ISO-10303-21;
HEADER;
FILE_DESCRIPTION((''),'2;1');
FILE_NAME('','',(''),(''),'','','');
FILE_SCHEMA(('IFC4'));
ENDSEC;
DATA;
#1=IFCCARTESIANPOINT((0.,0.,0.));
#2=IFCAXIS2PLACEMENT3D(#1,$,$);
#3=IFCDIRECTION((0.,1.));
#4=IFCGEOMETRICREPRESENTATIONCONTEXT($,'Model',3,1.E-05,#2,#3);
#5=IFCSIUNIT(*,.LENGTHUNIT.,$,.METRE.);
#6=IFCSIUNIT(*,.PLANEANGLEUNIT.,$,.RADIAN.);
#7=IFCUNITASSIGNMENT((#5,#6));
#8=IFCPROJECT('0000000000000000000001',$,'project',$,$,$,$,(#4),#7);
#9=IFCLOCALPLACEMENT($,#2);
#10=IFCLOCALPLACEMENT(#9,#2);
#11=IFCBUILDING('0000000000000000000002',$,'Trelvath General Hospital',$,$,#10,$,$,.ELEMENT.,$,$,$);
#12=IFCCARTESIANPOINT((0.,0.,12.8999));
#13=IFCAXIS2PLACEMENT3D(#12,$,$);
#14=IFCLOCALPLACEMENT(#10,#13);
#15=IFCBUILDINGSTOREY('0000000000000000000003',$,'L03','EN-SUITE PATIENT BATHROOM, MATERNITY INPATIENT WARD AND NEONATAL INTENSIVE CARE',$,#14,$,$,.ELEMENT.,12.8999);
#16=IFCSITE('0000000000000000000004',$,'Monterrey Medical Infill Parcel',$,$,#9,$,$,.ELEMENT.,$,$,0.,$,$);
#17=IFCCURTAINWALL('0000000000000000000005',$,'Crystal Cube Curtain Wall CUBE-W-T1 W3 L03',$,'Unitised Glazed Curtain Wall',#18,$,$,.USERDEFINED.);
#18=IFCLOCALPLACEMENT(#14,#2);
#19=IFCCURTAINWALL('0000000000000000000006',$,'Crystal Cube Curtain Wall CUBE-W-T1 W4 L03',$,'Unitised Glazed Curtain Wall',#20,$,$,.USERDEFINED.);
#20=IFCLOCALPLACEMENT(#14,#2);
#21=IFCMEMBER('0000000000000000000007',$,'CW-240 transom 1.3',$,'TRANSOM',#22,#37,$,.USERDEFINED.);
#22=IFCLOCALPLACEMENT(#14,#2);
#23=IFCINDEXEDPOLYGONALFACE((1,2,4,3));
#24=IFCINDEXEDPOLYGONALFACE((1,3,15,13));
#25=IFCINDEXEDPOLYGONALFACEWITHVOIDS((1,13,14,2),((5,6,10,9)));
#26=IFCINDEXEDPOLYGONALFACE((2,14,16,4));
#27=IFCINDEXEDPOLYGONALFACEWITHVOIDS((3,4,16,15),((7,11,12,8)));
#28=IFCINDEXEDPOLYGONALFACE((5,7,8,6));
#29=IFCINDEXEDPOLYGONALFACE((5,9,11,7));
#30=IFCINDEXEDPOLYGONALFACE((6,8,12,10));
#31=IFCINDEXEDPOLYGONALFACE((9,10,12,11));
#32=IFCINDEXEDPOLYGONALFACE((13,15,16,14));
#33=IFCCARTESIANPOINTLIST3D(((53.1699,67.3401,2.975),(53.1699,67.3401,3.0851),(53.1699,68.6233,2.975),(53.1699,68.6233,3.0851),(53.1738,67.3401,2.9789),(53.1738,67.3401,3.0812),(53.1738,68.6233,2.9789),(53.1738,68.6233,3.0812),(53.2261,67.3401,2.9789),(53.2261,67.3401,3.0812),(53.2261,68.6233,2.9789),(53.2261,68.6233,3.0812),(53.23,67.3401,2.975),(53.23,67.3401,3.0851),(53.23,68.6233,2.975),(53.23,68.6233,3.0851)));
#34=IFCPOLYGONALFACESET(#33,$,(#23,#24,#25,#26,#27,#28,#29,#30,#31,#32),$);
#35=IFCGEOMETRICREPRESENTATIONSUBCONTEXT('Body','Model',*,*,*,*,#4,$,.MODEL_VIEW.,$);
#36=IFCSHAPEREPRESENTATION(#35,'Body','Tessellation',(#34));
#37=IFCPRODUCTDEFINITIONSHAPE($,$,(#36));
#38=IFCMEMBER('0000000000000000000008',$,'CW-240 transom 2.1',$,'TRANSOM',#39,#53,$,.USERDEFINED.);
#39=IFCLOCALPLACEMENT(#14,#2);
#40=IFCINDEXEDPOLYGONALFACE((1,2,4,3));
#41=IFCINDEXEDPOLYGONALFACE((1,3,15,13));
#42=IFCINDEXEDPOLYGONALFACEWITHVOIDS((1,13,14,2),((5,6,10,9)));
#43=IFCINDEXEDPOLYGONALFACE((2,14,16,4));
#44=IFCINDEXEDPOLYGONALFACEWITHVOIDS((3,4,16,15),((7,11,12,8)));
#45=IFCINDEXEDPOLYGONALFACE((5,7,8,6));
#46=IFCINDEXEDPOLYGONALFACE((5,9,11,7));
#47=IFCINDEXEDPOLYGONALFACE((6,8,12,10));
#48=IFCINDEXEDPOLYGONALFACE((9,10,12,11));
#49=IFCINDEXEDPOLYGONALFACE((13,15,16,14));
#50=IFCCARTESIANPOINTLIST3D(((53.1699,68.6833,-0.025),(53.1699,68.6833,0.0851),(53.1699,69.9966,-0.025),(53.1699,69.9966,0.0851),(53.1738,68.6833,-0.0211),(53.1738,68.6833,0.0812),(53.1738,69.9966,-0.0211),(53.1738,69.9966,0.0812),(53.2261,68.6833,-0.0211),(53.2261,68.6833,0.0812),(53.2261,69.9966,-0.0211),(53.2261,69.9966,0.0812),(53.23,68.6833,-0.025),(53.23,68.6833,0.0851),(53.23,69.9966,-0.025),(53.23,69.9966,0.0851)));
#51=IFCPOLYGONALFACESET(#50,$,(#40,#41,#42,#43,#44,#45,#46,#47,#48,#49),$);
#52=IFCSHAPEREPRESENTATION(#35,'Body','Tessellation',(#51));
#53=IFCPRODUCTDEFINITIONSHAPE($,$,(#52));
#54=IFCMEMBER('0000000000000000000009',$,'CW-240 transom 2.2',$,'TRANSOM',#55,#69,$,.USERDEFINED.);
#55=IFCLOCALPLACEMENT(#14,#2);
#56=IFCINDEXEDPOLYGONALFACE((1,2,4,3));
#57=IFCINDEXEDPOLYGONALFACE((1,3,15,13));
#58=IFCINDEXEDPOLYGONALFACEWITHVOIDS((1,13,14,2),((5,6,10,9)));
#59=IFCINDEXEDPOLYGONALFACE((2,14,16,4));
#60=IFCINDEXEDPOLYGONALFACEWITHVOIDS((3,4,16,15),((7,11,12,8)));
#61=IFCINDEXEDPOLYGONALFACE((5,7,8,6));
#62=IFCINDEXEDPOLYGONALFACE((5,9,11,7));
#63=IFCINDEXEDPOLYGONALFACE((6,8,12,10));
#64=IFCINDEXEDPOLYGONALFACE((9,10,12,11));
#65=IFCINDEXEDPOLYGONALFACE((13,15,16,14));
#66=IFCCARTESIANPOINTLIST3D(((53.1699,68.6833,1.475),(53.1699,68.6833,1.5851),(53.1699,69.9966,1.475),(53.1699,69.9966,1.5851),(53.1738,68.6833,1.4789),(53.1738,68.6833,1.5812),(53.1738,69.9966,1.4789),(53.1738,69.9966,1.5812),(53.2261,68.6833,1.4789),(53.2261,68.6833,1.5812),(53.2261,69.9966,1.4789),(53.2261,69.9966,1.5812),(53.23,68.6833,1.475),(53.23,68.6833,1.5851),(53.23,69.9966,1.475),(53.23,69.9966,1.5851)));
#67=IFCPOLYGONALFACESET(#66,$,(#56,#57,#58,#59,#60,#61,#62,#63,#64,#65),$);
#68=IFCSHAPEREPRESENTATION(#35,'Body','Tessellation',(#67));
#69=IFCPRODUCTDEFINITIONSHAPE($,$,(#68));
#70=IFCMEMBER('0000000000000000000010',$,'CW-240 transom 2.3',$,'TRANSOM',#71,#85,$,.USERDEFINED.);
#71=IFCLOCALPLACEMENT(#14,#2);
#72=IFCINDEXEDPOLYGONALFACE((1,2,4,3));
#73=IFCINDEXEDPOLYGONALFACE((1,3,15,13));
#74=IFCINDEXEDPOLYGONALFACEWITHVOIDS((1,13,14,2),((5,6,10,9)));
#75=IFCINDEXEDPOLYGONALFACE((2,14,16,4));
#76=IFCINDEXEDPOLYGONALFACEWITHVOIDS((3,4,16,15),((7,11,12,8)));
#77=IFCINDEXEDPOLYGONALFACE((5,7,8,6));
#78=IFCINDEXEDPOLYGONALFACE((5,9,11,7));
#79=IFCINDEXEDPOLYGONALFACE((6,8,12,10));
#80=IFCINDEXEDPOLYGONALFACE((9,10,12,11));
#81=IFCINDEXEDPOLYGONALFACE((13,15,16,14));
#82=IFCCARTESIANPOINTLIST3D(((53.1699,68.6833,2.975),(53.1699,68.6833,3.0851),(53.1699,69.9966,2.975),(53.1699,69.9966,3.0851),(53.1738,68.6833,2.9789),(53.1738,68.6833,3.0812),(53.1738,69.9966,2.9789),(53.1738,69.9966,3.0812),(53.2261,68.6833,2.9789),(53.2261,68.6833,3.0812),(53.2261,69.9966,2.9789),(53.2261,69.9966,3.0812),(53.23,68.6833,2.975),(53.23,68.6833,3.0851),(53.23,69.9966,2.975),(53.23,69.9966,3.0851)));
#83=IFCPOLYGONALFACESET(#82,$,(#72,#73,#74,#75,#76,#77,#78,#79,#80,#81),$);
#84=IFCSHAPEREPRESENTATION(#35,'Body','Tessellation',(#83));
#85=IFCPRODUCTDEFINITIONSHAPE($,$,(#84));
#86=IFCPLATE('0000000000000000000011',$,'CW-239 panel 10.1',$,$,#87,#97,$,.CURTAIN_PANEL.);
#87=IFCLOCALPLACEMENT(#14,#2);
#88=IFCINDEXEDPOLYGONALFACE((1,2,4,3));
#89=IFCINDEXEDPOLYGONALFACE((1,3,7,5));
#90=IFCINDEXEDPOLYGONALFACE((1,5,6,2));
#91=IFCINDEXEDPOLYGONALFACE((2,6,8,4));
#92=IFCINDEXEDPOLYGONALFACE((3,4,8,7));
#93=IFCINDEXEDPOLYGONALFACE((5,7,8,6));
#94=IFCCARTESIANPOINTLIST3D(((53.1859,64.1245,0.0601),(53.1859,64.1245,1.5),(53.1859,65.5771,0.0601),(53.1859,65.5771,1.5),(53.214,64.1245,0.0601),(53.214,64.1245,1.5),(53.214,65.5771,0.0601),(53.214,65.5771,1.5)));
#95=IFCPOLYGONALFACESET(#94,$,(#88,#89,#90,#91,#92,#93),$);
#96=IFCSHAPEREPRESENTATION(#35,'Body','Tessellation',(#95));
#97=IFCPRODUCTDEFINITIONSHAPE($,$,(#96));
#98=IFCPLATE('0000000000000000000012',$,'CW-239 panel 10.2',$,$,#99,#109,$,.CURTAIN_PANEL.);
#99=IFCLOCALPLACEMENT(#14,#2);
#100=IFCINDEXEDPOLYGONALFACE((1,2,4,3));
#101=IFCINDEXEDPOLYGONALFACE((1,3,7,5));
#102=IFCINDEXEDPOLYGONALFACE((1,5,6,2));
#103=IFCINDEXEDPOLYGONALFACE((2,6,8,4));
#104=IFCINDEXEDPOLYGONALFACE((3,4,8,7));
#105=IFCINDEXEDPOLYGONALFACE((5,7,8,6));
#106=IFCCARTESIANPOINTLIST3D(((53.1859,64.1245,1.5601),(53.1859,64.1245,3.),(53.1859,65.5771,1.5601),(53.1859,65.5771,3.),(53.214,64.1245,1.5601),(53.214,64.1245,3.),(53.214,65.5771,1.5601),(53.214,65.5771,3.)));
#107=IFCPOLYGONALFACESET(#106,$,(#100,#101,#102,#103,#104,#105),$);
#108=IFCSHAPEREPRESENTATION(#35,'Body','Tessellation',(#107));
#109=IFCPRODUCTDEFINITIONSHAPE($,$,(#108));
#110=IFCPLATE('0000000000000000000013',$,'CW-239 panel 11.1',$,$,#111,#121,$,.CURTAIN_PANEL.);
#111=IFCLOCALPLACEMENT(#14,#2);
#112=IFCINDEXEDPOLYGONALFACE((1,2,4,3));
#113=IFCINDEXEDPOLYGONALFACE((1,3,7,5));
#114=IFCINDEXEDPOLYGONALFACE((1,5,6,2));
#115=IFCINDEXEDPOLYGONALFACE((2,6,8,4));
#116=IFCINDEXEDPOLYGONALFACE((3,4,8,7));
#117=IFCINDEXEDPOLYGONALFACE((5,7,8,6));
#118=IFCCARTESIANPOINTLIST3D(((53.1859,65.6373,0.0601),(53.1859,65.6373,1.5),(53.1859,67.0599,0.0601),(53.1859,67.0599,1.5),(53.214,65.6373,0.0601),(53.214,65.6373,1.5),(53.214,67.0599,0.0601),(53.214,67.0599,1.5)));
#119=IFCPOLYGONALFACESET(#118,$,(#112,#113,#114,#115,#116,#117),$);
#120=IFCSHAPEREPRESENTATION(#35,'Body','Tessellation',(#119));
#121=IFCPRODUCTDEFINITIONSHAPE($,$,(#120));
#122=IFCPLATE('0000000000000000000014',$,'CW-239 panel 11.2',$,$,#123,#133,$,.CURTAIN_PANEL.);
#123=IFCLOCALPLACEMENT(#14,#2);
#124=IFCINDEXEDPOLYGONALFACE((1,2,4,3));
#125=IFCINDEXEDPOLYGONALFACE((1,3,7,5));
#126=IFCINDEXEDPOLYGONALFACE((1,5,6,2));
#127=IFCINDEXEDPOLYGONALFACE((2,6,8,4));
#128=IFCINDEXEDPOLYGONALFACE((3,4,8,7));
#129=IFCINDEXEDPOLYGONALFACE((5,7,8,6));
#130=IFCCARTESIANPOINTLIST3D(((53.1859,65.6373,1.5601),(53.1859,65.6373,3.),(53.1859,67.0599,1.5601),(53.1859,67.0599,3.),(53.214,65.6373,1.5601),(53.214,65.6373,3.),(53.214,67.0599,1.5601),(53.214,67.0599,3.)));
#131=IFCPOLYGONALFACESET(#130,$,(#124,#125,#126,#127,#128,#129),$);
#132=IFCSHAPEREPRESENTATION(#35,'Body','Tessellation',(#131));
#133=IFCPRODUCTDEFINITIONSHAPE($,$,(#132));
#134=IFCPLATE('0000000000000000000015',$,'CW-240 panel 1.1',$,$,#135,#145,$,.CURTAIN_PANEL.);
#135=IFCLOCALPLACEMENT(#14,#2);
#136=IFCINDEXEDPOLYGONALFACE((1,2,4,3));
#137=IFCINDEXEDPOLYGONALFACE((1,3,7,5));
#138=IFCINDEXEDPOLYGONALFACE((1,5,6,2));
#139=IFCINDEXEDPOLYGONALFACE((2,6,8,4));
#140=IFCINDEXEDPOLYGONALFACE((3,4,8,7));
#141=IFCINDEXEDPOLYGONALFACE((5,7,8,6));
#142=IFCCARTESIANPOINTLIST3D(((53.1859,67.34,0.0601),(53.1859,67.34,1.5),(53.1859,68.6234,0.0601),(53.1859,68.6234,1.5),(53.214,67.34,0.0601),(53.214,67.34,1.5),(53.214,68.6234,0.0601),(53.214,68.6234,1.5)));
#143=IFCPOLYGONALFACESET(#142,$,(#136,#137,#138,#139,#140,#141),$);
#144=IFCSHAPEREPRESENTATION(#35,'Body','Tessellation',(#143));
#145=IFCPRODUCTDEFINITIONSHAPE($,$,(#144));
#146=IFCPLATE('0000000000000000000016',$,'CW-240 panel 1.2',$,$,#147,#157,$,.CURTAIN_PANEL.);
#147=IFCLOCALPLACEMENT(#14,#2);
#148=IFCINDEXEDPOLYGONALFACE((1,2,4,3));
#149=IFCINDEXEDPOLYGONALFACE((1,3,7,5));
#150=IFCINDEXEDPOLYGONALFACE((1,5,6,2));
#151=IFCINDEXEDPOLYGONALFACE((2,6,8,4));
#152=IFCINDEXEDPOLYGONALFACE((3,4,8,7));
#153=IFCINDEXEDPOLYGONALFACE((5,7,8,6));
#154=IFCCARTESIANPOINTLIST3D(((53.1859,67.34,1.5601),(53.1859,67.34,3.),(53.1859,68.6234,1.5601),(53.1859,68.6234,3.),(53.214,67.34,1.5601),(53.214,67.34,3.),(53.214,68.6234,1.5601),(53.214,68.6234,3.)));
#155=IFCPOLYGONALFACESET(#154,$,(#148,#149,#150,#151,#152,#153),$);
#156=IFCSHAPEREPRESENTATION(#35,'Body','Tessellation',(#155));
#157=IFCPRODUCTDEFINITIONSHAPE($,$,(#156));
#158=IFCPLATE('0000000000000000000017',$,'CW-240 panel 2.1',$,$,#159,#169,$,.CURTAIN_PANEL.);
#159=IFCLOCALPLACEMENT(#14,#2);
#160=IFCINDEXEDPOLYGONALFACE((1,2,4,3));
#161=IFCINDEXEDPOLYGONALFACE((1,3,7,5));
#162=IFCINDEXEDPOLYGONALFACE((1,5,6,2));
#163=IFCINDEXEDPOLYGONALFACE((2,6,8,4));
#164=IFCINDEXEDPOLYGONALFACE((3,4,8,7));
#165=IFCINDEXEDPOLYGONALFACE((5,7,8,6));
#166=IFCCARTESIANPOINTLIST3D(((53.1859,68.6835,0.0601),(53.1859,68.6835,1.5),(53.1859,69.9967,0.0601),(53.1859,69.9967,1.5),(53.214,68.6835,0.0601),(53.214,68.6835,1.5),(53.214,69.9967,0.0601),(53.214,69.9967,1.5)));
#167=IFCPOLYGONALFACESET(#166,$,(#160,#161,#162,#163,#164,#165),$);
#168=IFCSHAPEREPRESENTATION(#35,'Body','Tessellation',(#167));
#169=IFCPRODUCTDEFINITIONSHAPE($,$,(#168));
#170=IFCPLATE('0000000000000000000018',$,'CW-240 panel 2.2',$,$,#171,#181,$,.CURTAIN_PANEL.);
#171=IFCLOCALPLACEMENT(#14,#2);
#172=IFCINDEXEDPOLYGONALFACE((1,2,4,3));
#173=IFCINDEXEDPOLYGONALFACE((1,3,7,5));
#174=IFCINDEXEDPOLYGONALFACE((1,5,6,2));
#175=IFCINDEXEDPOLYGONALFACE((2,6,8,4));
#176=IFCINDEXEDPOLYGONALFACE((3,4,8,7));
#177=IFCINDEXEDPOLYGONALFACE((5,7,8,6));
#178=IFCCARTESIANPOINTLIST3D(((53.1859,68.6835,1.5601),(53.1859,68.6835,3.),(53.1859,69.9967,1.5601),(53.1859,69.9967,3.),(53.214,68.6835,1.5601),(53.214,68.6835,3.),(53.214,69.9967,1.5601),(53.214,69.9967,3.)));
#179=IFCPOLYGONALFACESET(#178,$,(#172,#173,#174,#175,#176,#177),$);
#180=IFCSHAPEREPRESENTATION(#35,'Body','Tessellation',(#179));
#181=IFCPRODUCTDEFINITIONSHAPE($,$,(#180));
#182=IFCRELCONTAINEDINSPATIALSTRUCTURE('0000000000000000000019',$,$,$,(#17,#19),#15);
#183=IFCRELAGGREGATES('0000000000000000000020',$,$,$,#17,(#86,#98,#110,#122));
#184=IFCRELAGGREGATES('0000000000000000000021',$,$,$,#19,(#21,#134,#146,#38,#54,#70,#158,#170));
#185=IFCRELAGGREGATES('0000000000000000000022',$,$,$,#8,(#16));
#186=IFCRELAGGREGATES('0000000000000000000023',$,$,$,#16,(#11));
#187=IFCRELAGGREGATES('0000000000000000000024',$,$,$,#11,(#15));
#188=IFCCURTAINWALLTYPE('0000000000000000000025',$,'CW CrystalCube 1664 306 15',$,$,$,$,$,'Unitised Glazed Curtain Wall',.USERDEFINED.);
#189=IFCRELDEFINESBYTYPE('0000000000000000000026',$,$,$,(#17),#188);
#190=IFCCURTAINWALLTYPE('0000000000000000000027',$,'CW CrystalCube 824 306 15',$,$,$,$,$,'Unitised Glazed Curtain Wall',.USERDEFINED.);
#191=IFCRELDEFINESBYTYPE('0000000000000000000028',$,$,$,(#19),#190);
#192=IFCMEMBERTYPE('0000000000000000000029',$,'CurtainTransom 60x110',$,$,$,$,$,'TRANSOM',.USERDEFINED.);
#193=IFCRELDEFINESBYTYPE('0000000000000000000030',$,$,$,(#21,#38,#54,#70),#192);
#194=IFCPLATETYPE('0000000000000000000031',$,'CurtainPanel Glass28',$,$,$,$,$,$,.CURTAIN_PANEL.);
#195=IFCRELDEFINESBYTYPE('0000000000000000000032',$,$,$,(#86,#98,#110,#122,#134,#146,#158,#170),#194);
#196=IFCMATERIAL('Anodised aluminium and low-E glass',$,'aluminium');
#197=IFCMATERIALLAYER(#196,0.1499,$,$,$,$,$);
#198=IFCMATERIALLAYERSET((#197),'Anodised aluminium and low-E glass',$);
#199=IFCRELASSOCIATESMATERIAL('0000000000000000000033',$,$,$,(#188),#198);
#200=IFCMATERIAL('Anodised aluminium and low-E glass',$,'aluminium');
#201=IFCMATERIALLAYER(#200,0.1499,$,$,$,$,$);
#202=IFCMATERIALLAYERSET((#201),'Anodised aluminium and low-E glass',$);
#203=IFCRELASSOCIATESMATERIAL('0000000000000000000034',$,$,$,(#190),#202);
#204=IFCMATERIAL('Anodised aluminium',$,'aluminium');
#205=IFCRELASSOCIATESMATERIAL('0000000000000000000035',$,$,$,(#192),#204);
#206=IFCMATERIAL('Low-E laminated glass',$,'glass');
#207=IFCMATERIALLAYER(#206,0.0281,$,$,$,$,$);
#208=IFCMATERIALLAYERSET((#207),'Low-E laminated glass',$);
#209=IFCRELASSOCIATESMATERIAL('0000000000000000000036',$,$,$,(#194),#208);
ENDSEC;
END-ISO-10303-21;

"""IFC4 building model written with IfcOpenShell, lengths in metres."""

from ifc_helpers import new_model, si_unit, direction, frame, origin, origin_2d, place, context, subcontext, project, spatial, rectangle, hollow_rectangle, extrude, material, layer, layer_set, material_profile, profile_set, type_object, element, aggregate, save


model = new_model("IFC4")

# Units and contexts
model_context = context("Model", 3, precision=1e-05, world=origin(), true_north=direction((0.0, 1.0)))
body_context = subcontext(model_context, "Body", "Model", "MODEL_VIEW")
ifc_project = project(units=[si_unit("LENGTHUNIT", "METRE"), si_unit("PLANEANGLEUNIT", "RADIAN")], contexts=[model_context])

# Site, building, storey
site_placement = place(None, origin())
site = spatial("IfcSite", under=ifc_project, at=site_placement, Name="Monterrey Medical Infill Parcel", CompositionType="ELEMENT", RefElevation=0.0)
building_placement = place(site_placement, origin())
building = spatial("IfcBuilding", under=site, at=building_placement, Name="Trelvath General Hospital", CompositionType="ELEMENT")
storey_placement = place(building_placement, frame((0.0, 0.0, 12.8999)))
storey = spatial("IfcBuildingStorey", under=building, at=storey_placement, Name="L03", Description="EN-SUITE PATIENT BATHROOM, MATERNITY INPATIENT WARD AND NEONATAL INTENSIVE CARE", CompositionType="ELEMENT", Elevation=12.8999)

# Curtain walls
ifc_material_1 = material(Name="Anodised aluminium and low-E glass", Category="aluminium")
ifc_layer_1 = layer(ifc_material_1, 0.1499)
ifc_layer_set_1 = layer_set([ifc_layer_1], Name="Anodised aluminium and low-E glass")
curtain_wall_type_1 = type_object("IfcCurtainWallType", Name="CW CrystalCube 1664 306 15", ElementType="Unitised Glazed Curtain Wall", PredefinedType="USERDEFINED", material=ifc_layer_set_1)
curtain_wall_1_placement = place(storey_placement, origin())
curtain_wall_1 = element("IfcCurtainWall", 1, at=curtain_wall_1_placement, inside=storey, type_object=curtain_wall_type_1, Name="Crystal Cube Curtain Wall CUBE-W-T1 W3 L03", ObjectType="Unitised Glazed Curtain Wall", PredefinedType="USERDEFINED")
ifc_material_2 = material(Name="Anodised aluminium and low-E glass", Category="aluminium")
ifc_layer_2 = layer(ifc_material_2, 0.1499)
ifc_layer_set_2 = layer_set([ifc_layer_2], Name="Anodised aluminium and low-E glass")
curtain_wall_type_2 = type_object("IfcCurtainWallType", Name="CW CrystalCube 824 306 15", ElementType="Unitised Glazed Curtain Wall", PredefinedType="USERDEFINED", material=ifc_layer_set_2)
curtain_wall_2_placement = place(storey_placement, origin())
curtain_wall_2 = element("IfcCurtainWall", 2, at=curtain_wall_2_placement, inside=storey, type_object=curtain_wall_type_2, Name="Crystal Cube Curtain Wall CUBE-W-T1 W4 L03", ObjectType="Unitised Glazed Curtain Wall", PredefinedType="USERDEFINED")

# Members
ifc_material_3 = material(Name="Anodised aluminium", Category="aluminium")
ifc_material_profile_1 = material_profile(ifc_material_3, hollow_rectangle(XDim=0.0601, YDim=0.1101, WallThickness=0.0039, at=origin_2d()), Name="RHS60x110x4")
ifc_profile_set_1 = profile_set([ifc_material_profile_1], Name="Anodised aluminium")
member_type_1 = type_object("IfcMemberType", Name="CurtainTransom 60x110", ElementType="TRANSOM", PredefinedType="USERDEFINED", material=ifc_profile_set_1)
member_1_placement = place(storey_placement, frame((53.2, 67.3401, 3.03), z_axis=(0.0, 1.0, 0.0), x_axis=(-1.0, 0.0, 0.0)))
member_1 = element("IfcMember", 3, at=member_1_placement, type_object=member_type_1, Name="CW-240 transom 1.3", ObjectType="TRANSOM", PredefinedType="USERDEFINED", context=body_context, shape_type="SweptSolid", body=[
    extrude(hollow_rectangle(XDim=0.0601, YDim=0.1101, WallThickness=0.0039, at=origin_2d()), origin(), (0.0, 0.0, 1.0), 1.2832),
])
member_2_placement = place(storey_placement, frame((53.2, 68.6833, 0.03), z_axis=(0.0, 1.0, 0.0), x_axis=(-1.0, 0.0, 0.0)))
member_2 = element("IfcMember", 4, at=member_2_placement, type_object=member_type_1, Name="CW-240 transom 2.1", ObjectType="TRANSOM", PredefinedType="USERDEFINED", context=body_context, shape_type="SweptSolid", body=[
    extrude(hollow_rectangle(XDim=0.0601, YDim=0.1101, WallThickness=0.0039, at=origin_2d()), origin(), (0.0, 0.0, 1.0), 1.3132),
])
member_3_placement = place(storey_placement, frame((53.2, 68.6833, 1.53), z_axis=(0.0, 1.0, 0.0), x_axis=(-1.0, 0.0, 0.0)))
member_3 = element("IfcMember", 5, at=member_3_placement, type_object=member_type_1, Name="CW-240 transom 2.2", ObjectType="TRANSOM", PredefinedType="USERDEFINED", context=body_context, shape_type="SweptSolid", body=[
    extrude(hollow_rectangle(XDim=0.0601, YDim=0.1101, WallThickness=0.0039, at=origin_2d()), origin(), (0.0, 0.0, 1.0), 1.3132),
])
member_4_placement = place(storey_placement, frame((53.2, 68.6833, 3.03), z_axis=(0.0, 1.0, 0.0), x_axis=(-1.0, 0.0, 0.0)))
member_4 = element("IfcMember", 6, at=member_4_placement, type_object=member_type_1, Name="CW-240 transom 2.3", ObjectType="TRANSOM", PredefinedType="USERDEFINED", context=body_context, shape_type="SweptSolid", body=[
    extrude(hollow_rectangle(XDim=0.0601, YDim=0.1101, WallThickness=0.0039, at=origin_2d()), origin(), (0.0, 0.0, 1.0), 1.3132),
])

# Plates
ifc_material_4 = material(Name="Low-E laminated glass", Category="glass")
ifc_layer_3 = layer(ifc_material_4, 0.0281)
ifc_layer_set_3 = layer_set([ifc_layer_3], Name="Low-E laminated glass")
plate_type = type_object("IfcPlateType", Name="CurtainPanel Glass28", PredefinedType="CURTAIN_PANEL", material=ifc_layer_set_3)
plate_1_placement = place(storey_placement, frame((53.2, 64.8508, 0.0601), z_axis=(0.0, 0.0, 1.0), x_axis=(0.0, 1.0, 0.0)))
plate_1 = element("IfcPlate", 7, at=plate_1_placement, type_object=plate_type, Name="CW-239 panel 10.1", PredefinedType="CURTAIN_PANEL", context=body_context, shape_type="SweptSolid", body=[
    extrude(rectangle(XDim=1.4526, YDim=0.0281, at=origin_2d()), origin(), (0.0, 0.0, 1.0), 1.4399),
])
plate_2_placement = place(storey_placement, frame((53.2, 64.8508, 1.5601), z_axis=(0.0, 0.0, 1.0), x_axis=(0.0, 1.0, 0.0)))
plate_2 = element("IfcPlate", 8, at=plate_2_placement, type_object=plate_type, Name="CW-239 panel 10.2", PredefinedType="CURTAIN_PANEL", context=body_context, shape_type="SweptSolid", body=[
    extrude(rectangle(XDim=1.4526, YDim=0.0281, at=origin_2d()), origin(), (0.0, 0.0, 1.0), 1.4399),
])
plate_3_placement = place(storey_placement, frame((53.2, 66.3486, 0.0601), z_axis=(0.0, 0.0, 1.0), x_axis=(0.0, 1.0, 0.0)))
plate_3 = element("IfcPlate", 9, at=plate_3_placement, type_object=plate_type, Name="CW-239 panel 11.1", PredefinedType="CURTAIN_PANEL", context=body_context, shape_type="SweptSolid", body=[
    extrude(rectangle(XDim=1.4226, YDim=0.0281, at=origin_2d()), origin(), (0.0, 0.0, 1.0), 1.4399),
])
plate_4_placement = place(storey_placement, frame((53.2, 66.3486, 1.5601), z_axis=(0.0, 0.0, 1.0), x_axis=(0.0, 1.0, 0.0)))
plate_4 = element("IfcPlate", 10, at=plate_4_placement, type_object=plate_type, Name="CW-239 panel 11.2", PredefinedType="CURTAIN_PANEL", context=body_context, shape_type="SweptSolid", body=[
    extrude(rectangle(XDim=1.4226, YDim=0.0281, at=origin_2d()), origin(), (0.0, 0.0, 1.0), 1.4399),
])
aggregate(curtain_wall_1, [plate_1, plate_2, plate_3, plate_4])
plate_5_placement = place(storey_placement, frame((53.2, 67.9817, 0.0601), z_axis=(0.0, 0.0, 1.0), x_axis=(0.0, 1.0, 0.0)))
plate_5 = element("IfcPlate", 11, at=plate_5_placement, type_object=plate_type, Name="CW-240 panel 1.1", PredefinedType="CURTAIN_PANEL", context=body_context, shape_type="SweptSolid", body=[
    extrude(rectangle(XDim=1.2834, YDim=0.0281, at=origin_2d()), origin(), (0.0, 0.0, 1.0), 1.4399),
])
plate_6_placement = place(storey_placement, frame((53.2, 67.9817, 1.5601), z_axis=(0.0, 0.0, 1.0), x_axis=(0.0, 1.0, 0.0)))
plate_6 = element("IfcPlate", 12, at=plate_6_placement, type_object=plate_type, Name="CW-240 panel 1.2", PredefinedType="CURTAIN_PANEL", context=body_context, shape_type="SweptSolid", body=[
    extrude(rectangle(XDim=1.2834, YDim=0.0281, at=origin_2d()), origin(), (0.0, 0.0, 1.0), 1.4399),
])
plate_7_placement = place(storey_placement, frame((53.2, 69.3401, 0.0601), z_axis=(0.0, 0.0, 1.0), x_axis=(0.0, 1.0, 0.0)))
plate_7 = element("IfcPlate", 13, at=plate_7_placement, type_object=plate_type, Name="CW-240 panel 2.1", PredefinedType="CURTAIN_PANEL", context=body_context, shape_type="SweptSolid", body=[
    extrude(rectangle(XDim=1.3132, YDim=0.0281, at=origin_2d()), origin(), (0.0, 0.0, 1.0), 1.4399),
])
plate_8_placement = place(storey_placement, frame((53.2, 69.3401, 1.5601), z_axis=(0.0, 0.0, 1.0), x_axis=(0.0, 1.0, 0.0)))
plate_8 = element("IfcPlate", 14, at=plate_8_placement, type_object=plate_type, Name="CW-240 panel 2.2", PredefinedType="CURTAIN_PANEL", context=body_context, shape_type="SweptSolid", body=[
    extrude(rectangle(XDim=1.3132, YDim=0.0281, at=origin_2d()), origin(), (0.0, 0.0, 1.0), 1.4399),
])
aggregate(curtain_wall_2, [member_1, plate_5, plate_6, member_2, member_3, member_4, plate_7, plate_8])

save(model, "model.ifc")
